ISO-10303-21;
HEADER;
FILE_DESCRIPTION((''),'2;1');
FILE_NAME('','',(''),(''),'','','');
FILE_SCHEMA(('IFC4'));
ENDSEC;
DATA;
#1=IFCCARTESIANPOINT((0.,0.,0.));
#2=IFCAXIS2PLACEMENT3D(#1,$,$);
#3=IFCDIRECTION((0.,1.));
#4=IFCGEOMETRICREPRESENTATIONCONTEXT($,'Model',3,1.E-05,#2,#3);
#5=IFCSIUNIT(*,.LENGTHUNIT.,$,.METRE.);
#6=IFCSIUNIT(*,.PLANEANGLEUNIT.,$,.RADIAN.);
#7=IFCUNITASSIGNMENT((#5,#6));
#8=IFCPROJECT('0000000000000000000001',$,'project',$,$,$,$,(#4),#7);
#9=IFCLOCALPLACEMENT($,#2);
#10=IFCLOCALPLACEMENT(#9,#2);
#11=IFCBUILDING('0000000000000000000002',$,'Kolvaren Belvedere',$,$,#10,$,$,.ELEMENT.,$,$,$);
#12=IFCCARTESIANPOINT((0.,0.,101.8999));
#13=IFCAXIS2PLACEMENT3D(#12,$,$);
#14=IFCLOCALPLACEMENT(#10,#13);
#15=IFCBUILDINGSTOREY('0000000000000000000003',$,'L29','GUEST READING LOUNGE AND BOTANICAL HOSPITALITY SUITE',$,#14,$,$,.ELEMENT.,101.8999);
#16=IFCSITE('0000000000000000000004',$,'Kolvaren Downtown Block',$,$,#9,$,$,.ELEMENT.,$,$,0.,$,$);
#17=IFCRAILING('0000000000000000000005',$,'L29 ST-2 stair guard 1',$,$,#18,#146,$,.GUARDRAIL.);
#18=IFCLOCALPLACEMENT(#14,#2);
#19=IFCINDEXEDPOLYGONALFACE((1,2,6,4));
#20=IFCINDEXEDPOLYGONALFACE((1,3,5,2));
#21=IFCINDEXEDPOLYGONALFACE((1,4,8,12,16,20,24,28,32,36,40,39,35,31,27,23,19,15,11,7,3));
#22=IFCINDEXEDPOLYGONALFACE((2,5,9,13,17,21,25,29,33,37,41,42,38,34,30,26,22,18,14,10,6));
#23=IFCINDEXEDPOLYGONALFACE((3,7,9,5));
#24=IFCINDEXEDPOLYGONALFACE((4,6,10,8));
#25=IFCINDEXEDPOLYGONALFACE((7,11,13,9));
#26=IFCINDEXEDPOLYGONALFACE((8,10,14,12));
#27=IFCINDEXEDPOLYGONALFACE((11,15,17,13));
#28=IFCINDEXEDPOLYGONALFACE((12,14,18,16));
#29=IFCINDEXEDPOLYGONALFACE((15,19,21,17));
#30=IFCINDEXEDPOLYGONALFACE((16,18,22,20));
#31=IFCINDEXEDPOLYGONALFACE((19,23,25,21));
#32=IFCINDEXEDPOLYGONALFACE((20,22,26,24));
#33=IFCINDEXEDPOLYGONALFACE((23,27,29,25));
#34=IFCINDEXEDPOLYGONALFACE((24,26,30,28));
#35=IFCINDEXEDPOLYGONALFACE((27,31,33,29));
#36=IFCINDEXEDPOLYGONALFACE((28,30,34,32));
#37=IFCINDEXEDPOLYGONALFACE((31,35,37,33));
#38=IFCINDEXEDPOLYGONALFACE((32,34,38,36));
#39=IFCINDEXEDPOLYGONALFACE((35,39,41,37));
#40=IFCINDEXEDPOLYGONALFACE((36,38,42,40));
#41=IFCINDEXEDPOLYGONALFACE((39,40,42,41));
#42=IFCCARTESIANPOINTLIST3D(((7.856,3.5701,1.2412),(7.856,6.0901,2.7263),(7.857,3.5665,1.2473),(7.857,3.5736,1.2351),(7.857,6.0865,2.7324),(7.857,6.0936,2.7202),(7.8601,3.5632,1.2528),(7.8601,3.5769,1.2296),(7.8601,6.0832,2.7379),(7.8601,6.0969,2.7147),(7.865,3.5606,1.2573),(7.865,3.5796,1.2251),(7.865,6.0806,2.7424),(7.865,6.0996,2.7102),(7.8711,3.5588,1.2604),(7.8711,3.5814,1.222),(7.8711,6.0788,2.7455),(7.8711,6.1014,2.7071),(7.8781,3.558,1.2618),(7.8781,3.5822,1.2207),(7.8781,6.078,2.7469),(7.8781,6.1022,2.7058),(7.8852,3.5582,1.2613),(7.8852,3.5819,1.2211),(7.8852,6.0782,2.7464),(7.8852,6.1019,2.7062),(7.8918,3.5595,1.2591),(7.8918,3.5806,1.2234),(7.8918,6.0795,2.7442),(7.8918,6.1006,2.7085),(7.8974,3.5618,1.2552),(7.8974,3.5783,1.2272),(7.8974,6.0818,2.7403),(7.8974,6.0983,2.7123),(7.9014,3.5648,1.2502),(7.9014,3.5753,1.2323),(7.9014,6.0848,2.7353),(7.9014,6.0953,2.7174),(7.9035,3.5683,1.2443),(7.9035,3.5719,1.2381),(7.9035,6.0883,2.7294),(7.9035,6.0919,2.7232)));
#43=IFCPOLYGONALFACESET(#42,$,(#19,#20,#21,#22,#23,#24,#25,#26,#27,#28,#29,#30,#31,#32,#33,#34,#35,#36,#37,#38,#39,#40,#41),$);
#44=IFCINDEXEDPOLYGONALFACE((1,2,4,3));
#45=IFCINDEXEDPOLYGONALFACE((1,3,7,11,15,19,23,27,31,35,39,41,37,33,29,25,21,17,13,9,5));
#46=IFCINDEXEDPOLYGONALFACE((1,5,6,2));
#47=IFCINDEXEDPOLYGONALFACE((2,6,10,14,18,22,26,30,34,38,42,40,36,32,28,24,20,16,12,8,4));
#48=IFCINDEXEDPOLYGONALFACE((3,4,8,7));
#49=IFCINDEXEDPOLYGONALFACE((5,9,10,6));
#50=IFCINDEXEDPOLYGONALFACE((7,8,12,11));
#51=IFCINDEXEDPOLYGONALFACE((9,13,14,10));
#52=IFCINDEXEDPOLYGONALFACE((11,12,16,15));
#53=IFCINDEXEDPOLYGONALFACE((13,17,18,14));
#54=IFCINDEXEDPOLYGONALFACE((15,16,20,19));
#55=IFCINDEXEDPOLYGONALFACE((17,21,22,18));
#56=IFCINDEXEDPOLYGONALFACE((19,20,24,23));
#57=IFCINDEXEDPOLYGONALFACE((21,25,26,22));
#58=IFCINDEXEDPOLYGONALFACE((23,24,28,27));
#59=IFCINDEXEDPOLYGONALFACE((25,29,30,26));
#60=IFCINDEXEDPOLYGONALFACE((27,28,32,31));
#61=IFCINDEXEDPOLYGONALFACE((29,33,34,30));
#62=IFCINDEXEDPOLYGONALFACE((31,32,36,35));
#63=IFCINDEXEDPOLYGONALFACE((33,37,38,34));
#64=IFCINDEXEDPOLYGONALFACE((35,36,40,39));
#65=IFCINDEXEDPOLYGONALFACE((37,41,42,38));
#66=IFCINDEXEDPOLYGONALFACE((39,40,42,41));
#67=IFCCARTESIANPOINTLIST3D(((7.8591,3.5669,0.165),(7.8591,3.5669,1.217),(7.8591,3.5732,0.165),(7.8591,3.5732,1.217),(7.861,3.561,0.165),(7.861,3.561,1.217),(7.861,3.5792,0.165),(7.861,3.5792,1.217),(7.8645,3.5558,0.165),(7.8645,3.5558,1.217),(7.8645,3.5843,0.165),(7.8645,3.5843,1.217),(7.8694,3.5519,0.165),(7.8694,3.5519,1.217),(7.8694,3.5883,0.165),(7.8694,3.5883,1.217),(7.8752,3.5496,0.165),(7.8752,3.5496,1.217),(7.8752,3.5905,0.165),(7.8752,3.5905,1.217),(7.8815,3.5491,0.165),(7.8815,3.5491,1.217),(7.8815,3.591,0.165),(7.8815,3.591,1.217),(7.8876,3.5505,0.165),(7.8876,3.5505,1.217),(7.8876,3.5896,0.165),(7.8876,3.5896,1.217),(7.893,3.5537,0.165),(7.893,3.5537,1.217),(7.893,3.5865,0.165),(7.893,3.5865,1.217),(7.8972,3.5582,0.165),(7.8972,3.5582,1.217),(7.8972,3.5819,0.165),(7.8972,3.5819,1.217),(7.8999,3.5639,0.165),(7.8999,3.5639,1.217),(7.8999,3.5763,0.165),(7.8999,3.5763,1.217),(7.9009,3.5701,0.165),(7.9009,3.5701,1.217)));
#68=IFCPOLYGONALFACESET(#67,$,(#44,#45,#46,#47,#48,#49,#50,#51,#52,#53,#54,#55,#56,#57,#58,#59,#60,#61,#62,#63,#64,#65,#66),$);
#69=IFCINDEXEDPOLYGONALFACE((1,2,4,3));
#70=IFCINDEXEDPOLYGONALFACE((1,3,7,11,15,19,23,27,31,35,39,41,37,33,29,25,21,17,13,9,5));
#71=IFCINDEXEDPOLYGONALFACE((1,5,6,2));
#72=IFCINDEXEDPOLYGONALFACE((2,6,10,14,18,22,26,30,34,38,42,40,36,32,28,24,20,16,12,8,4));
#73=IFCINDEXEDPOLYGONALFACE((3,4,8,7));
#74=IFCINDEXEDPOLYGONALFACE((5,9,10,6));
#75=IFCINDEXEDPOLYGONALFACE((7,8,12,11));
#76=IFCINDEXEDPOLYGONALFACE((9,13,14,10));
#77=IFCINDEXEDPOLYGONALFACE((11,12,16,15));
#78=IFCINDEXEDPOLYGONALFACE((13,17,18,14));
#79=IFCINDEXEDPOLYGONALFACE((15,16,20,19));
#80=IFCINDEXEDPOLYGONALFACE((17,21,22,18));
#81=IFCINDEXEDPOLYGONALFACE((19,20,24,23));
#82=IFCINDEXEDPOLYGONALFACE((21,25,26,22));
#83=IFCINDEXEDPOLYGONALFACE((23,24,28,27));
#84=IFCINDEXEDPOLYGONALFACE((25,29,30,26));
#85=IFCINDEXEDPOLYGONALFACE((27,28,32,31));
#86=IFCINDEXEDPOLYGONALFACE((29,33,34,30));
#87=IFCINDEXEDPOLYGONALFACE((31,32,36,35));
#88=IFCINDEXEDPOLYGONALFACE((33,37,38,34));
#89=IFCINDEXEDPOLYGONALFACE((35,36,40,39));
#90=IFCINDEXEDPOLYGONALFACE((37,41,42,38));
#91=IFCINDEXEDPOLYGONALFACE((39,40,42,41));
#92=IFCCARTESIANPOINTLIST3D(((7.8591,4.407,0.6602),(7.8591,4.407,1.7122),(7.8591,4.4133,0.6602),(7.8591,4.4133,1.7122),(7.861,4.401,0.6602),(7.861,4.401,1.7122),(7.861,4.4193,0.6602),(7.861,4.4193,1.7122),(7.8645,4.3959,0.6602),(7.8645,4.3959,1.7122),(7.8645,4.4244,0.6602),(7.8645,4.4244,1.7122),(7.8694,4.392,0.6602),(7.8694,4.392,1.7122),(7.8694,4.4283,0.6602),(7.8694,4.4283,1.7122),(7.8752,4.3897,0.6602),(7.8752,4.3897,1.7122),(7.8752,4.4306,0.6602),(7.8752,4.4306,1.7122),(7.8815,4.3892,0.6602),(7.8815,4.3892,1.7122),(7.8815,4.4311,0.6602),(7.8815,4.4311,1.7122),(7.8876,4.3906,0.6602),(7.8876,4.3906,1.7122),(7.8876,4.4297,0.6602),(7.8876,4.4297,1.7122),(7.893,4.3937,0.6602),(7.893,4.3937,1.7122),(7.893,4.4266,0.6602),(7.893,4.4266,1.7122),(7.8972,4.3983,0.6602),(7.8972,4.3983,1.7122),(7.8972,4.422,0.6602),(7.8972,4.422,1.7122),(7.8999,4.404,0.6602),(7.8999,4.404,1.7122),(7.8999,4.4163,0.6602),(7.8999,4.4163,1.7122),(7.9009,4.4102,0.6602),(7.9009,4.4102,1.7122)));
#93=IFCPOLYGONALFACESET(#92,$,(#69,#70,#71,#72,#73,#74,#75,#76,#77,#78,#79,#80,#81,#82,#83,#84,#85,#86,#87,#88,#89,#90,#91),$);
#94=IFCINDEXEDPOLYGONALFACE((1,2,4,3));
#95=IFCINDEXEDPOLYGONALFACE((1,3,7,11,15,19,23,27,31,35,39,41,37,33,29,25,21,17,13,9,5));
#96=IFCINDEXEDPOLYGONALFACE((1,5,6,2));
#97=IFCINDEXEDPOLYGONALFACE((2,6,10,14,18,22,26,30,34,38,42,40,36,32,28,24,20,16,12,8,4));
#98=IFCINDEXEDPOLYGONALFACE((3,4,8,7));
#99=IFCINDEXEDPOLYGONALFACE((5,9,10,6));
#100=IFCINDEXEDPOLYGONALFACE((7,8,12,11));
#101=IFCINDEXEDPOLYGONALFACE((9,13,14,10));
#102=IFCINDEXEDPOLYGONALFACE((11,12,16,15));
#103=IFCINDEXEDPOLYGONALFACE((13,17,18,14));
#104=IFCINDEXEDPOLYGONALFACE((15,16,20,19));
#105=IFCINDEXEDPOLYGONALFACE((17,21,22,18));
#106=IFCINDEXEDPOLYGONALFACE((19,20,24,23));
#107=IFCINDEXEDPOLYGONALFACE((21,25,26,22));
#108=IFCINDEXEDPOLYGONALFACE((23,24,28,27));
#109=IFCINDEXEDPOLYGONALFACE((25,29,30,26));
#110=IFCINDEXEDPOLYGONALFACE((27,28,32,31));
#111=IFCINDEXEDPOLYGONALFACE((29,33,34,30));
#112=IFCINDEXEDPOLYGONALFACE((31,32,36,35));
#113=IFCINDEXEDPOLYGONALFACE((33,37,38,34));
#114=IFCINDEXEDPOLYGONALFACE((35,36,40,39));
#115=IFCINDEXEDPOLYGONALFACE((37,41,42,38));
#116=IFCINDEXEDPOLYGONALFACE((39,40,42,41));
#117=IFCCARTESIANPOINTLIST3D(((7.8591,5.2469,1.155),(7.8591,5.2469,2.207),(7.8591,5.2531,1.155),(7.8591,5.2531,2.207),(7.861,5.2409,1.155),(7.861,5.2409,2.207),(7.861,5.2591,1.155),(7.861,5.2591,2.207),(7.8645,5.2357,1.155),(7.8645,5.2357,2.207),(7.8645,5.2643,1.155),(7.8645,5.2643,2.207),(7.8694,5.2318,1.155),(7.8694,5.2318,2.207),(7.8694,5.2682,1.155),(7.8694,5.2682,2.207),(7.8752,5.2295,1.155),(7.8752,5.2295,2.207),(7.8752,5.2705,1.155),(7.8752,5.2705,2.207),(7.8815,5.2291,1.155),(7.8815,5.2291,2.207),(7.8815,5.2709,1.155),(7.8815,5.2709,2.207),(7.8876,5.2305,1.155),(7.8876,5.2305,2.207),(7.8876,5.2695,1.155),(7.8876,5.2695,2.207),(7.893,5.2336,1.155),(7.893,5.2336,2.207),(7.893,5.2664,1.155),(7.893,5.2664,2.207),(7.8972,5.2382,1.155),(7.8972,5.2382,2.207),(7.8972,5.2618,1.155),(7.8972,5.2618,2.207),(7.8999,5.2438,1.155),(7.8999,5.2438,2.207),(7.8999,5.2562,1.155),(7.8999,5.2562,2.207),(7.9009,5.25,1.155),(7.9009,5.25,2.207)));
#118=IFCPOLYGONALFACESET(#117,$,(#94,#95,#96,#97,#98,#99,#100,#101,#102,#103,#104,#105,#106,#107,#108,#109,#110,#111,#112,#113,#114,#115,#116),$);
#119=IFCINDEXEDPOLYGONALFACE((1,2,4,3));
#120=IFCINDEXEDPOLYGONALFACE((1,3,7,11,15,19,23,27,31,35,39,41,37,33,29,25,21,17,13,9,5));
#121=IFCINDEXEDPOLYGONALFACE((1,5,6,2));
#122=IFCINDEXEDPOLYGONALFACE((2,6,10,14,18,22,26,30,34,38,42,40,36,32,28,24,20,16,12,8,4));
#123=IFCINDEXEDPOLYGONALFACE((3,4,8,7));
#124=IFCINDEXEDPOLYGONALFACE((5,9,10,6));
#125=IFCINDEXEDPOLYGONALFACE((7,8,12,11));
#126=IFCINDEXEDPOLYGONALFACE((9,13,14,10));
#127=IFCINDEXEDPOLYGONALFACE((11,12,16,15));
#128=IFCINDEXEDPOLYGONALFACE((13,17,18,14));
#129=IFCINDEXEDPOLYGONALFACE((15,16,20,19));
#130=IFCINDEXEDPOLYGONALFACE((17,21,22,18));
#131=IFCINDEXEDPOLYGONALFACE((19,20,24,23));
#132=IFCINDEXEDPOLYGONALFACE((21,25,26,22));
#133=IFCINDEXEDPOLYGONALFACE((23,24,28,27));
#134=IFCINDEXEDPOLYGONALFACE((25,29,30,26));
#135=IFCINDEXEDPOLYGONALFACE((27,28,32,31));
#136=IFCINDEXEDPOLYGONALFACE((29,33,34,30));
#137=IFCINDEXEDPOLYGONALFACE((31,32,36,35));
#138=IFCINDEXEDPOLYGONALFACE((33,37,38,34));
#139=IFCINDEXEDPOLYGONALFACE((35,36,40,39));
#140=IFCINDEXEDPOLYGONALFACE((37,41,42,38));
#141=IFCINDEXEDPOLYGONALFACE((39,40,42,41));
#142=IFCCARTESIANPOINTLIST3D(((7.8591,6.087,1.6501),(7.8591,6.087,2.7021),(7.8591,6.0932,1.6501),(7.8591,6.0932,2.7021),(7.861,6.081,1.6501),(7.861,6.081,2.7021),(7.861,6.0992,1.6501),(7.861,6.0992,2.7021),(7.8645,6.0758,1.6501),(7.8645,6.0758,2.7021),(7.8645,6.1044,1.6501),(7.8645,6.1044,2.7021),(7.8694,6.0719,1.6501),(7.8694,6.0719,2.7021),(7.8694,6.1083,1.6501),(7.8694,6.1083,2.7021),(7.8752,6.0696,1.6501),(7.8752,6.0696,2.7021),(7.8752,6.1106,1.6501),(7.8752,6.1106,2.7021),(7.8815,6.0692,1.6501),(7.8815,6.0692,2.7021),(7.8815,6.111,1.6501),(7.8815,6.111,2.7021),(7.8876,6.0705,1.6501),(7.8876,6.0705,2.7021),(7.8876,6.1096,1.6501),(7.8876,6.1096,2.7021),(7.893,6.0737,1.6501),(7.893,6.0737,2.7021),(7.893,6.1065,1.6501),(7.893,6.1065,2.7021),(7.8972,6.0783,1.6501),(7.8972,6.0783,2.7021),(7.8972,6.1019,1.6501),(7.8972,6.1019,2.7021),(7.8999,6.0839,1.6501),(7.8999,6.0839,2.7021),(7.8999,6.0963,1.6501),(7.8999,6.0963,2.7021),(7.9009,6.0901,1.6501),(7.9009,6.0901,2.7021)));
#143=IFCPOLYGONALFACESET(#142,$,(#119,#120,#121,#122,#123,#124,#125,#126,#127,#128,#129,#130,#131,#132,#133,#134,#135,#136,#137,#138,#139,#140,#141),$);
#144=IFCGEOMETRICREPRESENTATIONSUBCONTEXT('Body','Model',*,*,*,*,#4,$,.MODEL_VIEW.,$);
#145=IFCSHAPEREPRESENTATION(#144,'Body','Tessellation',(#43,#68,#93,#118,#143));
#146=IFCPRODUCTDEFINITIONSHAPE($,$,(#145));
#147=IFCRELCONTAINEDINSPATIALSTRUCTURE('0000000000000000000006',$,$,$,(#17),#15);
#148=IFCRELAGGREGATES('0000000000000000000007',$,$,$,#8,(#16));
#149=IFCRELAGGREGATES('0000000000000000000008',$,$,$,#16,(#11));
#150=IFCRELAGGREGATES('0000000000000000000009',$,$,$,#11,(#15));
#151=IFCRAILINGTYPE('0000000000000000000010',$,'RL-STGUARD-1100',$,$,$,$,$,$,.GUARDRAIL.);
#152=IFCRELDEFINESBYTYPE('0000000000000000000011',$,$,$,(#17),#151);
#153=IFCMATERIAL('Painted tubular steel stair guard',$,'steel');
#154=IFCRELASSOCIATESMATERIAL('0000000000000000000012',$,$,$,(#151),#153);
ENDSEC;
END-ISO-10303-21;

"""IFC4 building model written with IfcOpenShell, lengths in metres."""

from ifc_helpers import new_model, si_unit, direction, frame, origin, origin_2d, place, context, subcontext, project, spatial, circle, extrude, material, type_object, element, save


model = new_model("IFC4")

# Units and contexts
model_context = context("Model", 3, precision=1e-05, world=origin(), true_north=direction((0.0, 1.0)))
body_context = subcontext(model_context, "Body", "Model", "MODEL_VIEW")
ifc_project = project(units=[si_unit("LENGTHUNIT", "METRE"), si_unit("PLANEANGLEUNIT", "RADIAN")], contexts=[model_context])

# Site, building, storey
site_placement = place(None, origin())
site = spatial("IfcSite", under=ifc_project, at=site_placement, Name="Kolvaren Downtown Block", CompositionType="ELEMENT", RefElevation=0.0)
building_placement = place(site_placement, origin())
building = spatial("IfcBuilding", under=site, at=building_placement, Name="Kolvaren Belvedere", CompositionType="ELEMENT")
storey_placement = place(building_placement, frame((0.0, 0.0, 101.8999)))
storey = spatial("IfcBuildingStorey", under=building, at=storey_placement, Name="L29", Description="GUEST READING LOUNGE AND BOTANICAL HOSPITALITY SUITE", CompositionType="ELEMENT", Elevation=101.8999)

# Railing
ifc_material_1 = material(Name="Painted tubular steel stair guard", Category="steel")
railing_type_1 = type_object("IfcRailingType", Name="RL-STGUARD-1100", PredefinedType="GUARDRAIL", material=ifc_material_1)
railing_1_placement = place(storey_placement, frame((7.8799, 3.5701, 0.165)))
element("IfcRailing", 1, at=railing_1_placement, inside=storey, type_object=railing_type_1, Name="L29 ST-2 stair guard 1", PredefinedType="GUARDRAIL", context=body_context, shape_type="SweptSolid", body=[
    extrude(circle(Radius=0.0239, at=origin_2d()), frame((0.0, 0.0, 1.0762), z_axis=(0.0, 0.861524, 0.507717), x_axis=(-1.0, 0.0, 0.0)), (0.0, 0.0, 1.0), 2.925),
    extrude(circle(Radius=0.021, at=origin_2d()), origin(), (0.0, 0.0, 1.0), 1.052),
    extrude(circle(Radius=0.021, at=origin_2d()), frame((0.0, 0.8401, 0.4951)), (0.0, 0.0, 1.0), 1.052),
    extrude(circle(Radius=0.021, at=origin_2d()), frame((0.0, 1.6799, 0.99)), (0.0, 0.0, 1.0), 1.052),
    extrude(circle(Radius=0.021, at=origin_2d()), frame((0.0, 2.52, 1.4851)), (0.0, 0.0, 1.0), 1.052),
])

save(model, "model.ifc")
